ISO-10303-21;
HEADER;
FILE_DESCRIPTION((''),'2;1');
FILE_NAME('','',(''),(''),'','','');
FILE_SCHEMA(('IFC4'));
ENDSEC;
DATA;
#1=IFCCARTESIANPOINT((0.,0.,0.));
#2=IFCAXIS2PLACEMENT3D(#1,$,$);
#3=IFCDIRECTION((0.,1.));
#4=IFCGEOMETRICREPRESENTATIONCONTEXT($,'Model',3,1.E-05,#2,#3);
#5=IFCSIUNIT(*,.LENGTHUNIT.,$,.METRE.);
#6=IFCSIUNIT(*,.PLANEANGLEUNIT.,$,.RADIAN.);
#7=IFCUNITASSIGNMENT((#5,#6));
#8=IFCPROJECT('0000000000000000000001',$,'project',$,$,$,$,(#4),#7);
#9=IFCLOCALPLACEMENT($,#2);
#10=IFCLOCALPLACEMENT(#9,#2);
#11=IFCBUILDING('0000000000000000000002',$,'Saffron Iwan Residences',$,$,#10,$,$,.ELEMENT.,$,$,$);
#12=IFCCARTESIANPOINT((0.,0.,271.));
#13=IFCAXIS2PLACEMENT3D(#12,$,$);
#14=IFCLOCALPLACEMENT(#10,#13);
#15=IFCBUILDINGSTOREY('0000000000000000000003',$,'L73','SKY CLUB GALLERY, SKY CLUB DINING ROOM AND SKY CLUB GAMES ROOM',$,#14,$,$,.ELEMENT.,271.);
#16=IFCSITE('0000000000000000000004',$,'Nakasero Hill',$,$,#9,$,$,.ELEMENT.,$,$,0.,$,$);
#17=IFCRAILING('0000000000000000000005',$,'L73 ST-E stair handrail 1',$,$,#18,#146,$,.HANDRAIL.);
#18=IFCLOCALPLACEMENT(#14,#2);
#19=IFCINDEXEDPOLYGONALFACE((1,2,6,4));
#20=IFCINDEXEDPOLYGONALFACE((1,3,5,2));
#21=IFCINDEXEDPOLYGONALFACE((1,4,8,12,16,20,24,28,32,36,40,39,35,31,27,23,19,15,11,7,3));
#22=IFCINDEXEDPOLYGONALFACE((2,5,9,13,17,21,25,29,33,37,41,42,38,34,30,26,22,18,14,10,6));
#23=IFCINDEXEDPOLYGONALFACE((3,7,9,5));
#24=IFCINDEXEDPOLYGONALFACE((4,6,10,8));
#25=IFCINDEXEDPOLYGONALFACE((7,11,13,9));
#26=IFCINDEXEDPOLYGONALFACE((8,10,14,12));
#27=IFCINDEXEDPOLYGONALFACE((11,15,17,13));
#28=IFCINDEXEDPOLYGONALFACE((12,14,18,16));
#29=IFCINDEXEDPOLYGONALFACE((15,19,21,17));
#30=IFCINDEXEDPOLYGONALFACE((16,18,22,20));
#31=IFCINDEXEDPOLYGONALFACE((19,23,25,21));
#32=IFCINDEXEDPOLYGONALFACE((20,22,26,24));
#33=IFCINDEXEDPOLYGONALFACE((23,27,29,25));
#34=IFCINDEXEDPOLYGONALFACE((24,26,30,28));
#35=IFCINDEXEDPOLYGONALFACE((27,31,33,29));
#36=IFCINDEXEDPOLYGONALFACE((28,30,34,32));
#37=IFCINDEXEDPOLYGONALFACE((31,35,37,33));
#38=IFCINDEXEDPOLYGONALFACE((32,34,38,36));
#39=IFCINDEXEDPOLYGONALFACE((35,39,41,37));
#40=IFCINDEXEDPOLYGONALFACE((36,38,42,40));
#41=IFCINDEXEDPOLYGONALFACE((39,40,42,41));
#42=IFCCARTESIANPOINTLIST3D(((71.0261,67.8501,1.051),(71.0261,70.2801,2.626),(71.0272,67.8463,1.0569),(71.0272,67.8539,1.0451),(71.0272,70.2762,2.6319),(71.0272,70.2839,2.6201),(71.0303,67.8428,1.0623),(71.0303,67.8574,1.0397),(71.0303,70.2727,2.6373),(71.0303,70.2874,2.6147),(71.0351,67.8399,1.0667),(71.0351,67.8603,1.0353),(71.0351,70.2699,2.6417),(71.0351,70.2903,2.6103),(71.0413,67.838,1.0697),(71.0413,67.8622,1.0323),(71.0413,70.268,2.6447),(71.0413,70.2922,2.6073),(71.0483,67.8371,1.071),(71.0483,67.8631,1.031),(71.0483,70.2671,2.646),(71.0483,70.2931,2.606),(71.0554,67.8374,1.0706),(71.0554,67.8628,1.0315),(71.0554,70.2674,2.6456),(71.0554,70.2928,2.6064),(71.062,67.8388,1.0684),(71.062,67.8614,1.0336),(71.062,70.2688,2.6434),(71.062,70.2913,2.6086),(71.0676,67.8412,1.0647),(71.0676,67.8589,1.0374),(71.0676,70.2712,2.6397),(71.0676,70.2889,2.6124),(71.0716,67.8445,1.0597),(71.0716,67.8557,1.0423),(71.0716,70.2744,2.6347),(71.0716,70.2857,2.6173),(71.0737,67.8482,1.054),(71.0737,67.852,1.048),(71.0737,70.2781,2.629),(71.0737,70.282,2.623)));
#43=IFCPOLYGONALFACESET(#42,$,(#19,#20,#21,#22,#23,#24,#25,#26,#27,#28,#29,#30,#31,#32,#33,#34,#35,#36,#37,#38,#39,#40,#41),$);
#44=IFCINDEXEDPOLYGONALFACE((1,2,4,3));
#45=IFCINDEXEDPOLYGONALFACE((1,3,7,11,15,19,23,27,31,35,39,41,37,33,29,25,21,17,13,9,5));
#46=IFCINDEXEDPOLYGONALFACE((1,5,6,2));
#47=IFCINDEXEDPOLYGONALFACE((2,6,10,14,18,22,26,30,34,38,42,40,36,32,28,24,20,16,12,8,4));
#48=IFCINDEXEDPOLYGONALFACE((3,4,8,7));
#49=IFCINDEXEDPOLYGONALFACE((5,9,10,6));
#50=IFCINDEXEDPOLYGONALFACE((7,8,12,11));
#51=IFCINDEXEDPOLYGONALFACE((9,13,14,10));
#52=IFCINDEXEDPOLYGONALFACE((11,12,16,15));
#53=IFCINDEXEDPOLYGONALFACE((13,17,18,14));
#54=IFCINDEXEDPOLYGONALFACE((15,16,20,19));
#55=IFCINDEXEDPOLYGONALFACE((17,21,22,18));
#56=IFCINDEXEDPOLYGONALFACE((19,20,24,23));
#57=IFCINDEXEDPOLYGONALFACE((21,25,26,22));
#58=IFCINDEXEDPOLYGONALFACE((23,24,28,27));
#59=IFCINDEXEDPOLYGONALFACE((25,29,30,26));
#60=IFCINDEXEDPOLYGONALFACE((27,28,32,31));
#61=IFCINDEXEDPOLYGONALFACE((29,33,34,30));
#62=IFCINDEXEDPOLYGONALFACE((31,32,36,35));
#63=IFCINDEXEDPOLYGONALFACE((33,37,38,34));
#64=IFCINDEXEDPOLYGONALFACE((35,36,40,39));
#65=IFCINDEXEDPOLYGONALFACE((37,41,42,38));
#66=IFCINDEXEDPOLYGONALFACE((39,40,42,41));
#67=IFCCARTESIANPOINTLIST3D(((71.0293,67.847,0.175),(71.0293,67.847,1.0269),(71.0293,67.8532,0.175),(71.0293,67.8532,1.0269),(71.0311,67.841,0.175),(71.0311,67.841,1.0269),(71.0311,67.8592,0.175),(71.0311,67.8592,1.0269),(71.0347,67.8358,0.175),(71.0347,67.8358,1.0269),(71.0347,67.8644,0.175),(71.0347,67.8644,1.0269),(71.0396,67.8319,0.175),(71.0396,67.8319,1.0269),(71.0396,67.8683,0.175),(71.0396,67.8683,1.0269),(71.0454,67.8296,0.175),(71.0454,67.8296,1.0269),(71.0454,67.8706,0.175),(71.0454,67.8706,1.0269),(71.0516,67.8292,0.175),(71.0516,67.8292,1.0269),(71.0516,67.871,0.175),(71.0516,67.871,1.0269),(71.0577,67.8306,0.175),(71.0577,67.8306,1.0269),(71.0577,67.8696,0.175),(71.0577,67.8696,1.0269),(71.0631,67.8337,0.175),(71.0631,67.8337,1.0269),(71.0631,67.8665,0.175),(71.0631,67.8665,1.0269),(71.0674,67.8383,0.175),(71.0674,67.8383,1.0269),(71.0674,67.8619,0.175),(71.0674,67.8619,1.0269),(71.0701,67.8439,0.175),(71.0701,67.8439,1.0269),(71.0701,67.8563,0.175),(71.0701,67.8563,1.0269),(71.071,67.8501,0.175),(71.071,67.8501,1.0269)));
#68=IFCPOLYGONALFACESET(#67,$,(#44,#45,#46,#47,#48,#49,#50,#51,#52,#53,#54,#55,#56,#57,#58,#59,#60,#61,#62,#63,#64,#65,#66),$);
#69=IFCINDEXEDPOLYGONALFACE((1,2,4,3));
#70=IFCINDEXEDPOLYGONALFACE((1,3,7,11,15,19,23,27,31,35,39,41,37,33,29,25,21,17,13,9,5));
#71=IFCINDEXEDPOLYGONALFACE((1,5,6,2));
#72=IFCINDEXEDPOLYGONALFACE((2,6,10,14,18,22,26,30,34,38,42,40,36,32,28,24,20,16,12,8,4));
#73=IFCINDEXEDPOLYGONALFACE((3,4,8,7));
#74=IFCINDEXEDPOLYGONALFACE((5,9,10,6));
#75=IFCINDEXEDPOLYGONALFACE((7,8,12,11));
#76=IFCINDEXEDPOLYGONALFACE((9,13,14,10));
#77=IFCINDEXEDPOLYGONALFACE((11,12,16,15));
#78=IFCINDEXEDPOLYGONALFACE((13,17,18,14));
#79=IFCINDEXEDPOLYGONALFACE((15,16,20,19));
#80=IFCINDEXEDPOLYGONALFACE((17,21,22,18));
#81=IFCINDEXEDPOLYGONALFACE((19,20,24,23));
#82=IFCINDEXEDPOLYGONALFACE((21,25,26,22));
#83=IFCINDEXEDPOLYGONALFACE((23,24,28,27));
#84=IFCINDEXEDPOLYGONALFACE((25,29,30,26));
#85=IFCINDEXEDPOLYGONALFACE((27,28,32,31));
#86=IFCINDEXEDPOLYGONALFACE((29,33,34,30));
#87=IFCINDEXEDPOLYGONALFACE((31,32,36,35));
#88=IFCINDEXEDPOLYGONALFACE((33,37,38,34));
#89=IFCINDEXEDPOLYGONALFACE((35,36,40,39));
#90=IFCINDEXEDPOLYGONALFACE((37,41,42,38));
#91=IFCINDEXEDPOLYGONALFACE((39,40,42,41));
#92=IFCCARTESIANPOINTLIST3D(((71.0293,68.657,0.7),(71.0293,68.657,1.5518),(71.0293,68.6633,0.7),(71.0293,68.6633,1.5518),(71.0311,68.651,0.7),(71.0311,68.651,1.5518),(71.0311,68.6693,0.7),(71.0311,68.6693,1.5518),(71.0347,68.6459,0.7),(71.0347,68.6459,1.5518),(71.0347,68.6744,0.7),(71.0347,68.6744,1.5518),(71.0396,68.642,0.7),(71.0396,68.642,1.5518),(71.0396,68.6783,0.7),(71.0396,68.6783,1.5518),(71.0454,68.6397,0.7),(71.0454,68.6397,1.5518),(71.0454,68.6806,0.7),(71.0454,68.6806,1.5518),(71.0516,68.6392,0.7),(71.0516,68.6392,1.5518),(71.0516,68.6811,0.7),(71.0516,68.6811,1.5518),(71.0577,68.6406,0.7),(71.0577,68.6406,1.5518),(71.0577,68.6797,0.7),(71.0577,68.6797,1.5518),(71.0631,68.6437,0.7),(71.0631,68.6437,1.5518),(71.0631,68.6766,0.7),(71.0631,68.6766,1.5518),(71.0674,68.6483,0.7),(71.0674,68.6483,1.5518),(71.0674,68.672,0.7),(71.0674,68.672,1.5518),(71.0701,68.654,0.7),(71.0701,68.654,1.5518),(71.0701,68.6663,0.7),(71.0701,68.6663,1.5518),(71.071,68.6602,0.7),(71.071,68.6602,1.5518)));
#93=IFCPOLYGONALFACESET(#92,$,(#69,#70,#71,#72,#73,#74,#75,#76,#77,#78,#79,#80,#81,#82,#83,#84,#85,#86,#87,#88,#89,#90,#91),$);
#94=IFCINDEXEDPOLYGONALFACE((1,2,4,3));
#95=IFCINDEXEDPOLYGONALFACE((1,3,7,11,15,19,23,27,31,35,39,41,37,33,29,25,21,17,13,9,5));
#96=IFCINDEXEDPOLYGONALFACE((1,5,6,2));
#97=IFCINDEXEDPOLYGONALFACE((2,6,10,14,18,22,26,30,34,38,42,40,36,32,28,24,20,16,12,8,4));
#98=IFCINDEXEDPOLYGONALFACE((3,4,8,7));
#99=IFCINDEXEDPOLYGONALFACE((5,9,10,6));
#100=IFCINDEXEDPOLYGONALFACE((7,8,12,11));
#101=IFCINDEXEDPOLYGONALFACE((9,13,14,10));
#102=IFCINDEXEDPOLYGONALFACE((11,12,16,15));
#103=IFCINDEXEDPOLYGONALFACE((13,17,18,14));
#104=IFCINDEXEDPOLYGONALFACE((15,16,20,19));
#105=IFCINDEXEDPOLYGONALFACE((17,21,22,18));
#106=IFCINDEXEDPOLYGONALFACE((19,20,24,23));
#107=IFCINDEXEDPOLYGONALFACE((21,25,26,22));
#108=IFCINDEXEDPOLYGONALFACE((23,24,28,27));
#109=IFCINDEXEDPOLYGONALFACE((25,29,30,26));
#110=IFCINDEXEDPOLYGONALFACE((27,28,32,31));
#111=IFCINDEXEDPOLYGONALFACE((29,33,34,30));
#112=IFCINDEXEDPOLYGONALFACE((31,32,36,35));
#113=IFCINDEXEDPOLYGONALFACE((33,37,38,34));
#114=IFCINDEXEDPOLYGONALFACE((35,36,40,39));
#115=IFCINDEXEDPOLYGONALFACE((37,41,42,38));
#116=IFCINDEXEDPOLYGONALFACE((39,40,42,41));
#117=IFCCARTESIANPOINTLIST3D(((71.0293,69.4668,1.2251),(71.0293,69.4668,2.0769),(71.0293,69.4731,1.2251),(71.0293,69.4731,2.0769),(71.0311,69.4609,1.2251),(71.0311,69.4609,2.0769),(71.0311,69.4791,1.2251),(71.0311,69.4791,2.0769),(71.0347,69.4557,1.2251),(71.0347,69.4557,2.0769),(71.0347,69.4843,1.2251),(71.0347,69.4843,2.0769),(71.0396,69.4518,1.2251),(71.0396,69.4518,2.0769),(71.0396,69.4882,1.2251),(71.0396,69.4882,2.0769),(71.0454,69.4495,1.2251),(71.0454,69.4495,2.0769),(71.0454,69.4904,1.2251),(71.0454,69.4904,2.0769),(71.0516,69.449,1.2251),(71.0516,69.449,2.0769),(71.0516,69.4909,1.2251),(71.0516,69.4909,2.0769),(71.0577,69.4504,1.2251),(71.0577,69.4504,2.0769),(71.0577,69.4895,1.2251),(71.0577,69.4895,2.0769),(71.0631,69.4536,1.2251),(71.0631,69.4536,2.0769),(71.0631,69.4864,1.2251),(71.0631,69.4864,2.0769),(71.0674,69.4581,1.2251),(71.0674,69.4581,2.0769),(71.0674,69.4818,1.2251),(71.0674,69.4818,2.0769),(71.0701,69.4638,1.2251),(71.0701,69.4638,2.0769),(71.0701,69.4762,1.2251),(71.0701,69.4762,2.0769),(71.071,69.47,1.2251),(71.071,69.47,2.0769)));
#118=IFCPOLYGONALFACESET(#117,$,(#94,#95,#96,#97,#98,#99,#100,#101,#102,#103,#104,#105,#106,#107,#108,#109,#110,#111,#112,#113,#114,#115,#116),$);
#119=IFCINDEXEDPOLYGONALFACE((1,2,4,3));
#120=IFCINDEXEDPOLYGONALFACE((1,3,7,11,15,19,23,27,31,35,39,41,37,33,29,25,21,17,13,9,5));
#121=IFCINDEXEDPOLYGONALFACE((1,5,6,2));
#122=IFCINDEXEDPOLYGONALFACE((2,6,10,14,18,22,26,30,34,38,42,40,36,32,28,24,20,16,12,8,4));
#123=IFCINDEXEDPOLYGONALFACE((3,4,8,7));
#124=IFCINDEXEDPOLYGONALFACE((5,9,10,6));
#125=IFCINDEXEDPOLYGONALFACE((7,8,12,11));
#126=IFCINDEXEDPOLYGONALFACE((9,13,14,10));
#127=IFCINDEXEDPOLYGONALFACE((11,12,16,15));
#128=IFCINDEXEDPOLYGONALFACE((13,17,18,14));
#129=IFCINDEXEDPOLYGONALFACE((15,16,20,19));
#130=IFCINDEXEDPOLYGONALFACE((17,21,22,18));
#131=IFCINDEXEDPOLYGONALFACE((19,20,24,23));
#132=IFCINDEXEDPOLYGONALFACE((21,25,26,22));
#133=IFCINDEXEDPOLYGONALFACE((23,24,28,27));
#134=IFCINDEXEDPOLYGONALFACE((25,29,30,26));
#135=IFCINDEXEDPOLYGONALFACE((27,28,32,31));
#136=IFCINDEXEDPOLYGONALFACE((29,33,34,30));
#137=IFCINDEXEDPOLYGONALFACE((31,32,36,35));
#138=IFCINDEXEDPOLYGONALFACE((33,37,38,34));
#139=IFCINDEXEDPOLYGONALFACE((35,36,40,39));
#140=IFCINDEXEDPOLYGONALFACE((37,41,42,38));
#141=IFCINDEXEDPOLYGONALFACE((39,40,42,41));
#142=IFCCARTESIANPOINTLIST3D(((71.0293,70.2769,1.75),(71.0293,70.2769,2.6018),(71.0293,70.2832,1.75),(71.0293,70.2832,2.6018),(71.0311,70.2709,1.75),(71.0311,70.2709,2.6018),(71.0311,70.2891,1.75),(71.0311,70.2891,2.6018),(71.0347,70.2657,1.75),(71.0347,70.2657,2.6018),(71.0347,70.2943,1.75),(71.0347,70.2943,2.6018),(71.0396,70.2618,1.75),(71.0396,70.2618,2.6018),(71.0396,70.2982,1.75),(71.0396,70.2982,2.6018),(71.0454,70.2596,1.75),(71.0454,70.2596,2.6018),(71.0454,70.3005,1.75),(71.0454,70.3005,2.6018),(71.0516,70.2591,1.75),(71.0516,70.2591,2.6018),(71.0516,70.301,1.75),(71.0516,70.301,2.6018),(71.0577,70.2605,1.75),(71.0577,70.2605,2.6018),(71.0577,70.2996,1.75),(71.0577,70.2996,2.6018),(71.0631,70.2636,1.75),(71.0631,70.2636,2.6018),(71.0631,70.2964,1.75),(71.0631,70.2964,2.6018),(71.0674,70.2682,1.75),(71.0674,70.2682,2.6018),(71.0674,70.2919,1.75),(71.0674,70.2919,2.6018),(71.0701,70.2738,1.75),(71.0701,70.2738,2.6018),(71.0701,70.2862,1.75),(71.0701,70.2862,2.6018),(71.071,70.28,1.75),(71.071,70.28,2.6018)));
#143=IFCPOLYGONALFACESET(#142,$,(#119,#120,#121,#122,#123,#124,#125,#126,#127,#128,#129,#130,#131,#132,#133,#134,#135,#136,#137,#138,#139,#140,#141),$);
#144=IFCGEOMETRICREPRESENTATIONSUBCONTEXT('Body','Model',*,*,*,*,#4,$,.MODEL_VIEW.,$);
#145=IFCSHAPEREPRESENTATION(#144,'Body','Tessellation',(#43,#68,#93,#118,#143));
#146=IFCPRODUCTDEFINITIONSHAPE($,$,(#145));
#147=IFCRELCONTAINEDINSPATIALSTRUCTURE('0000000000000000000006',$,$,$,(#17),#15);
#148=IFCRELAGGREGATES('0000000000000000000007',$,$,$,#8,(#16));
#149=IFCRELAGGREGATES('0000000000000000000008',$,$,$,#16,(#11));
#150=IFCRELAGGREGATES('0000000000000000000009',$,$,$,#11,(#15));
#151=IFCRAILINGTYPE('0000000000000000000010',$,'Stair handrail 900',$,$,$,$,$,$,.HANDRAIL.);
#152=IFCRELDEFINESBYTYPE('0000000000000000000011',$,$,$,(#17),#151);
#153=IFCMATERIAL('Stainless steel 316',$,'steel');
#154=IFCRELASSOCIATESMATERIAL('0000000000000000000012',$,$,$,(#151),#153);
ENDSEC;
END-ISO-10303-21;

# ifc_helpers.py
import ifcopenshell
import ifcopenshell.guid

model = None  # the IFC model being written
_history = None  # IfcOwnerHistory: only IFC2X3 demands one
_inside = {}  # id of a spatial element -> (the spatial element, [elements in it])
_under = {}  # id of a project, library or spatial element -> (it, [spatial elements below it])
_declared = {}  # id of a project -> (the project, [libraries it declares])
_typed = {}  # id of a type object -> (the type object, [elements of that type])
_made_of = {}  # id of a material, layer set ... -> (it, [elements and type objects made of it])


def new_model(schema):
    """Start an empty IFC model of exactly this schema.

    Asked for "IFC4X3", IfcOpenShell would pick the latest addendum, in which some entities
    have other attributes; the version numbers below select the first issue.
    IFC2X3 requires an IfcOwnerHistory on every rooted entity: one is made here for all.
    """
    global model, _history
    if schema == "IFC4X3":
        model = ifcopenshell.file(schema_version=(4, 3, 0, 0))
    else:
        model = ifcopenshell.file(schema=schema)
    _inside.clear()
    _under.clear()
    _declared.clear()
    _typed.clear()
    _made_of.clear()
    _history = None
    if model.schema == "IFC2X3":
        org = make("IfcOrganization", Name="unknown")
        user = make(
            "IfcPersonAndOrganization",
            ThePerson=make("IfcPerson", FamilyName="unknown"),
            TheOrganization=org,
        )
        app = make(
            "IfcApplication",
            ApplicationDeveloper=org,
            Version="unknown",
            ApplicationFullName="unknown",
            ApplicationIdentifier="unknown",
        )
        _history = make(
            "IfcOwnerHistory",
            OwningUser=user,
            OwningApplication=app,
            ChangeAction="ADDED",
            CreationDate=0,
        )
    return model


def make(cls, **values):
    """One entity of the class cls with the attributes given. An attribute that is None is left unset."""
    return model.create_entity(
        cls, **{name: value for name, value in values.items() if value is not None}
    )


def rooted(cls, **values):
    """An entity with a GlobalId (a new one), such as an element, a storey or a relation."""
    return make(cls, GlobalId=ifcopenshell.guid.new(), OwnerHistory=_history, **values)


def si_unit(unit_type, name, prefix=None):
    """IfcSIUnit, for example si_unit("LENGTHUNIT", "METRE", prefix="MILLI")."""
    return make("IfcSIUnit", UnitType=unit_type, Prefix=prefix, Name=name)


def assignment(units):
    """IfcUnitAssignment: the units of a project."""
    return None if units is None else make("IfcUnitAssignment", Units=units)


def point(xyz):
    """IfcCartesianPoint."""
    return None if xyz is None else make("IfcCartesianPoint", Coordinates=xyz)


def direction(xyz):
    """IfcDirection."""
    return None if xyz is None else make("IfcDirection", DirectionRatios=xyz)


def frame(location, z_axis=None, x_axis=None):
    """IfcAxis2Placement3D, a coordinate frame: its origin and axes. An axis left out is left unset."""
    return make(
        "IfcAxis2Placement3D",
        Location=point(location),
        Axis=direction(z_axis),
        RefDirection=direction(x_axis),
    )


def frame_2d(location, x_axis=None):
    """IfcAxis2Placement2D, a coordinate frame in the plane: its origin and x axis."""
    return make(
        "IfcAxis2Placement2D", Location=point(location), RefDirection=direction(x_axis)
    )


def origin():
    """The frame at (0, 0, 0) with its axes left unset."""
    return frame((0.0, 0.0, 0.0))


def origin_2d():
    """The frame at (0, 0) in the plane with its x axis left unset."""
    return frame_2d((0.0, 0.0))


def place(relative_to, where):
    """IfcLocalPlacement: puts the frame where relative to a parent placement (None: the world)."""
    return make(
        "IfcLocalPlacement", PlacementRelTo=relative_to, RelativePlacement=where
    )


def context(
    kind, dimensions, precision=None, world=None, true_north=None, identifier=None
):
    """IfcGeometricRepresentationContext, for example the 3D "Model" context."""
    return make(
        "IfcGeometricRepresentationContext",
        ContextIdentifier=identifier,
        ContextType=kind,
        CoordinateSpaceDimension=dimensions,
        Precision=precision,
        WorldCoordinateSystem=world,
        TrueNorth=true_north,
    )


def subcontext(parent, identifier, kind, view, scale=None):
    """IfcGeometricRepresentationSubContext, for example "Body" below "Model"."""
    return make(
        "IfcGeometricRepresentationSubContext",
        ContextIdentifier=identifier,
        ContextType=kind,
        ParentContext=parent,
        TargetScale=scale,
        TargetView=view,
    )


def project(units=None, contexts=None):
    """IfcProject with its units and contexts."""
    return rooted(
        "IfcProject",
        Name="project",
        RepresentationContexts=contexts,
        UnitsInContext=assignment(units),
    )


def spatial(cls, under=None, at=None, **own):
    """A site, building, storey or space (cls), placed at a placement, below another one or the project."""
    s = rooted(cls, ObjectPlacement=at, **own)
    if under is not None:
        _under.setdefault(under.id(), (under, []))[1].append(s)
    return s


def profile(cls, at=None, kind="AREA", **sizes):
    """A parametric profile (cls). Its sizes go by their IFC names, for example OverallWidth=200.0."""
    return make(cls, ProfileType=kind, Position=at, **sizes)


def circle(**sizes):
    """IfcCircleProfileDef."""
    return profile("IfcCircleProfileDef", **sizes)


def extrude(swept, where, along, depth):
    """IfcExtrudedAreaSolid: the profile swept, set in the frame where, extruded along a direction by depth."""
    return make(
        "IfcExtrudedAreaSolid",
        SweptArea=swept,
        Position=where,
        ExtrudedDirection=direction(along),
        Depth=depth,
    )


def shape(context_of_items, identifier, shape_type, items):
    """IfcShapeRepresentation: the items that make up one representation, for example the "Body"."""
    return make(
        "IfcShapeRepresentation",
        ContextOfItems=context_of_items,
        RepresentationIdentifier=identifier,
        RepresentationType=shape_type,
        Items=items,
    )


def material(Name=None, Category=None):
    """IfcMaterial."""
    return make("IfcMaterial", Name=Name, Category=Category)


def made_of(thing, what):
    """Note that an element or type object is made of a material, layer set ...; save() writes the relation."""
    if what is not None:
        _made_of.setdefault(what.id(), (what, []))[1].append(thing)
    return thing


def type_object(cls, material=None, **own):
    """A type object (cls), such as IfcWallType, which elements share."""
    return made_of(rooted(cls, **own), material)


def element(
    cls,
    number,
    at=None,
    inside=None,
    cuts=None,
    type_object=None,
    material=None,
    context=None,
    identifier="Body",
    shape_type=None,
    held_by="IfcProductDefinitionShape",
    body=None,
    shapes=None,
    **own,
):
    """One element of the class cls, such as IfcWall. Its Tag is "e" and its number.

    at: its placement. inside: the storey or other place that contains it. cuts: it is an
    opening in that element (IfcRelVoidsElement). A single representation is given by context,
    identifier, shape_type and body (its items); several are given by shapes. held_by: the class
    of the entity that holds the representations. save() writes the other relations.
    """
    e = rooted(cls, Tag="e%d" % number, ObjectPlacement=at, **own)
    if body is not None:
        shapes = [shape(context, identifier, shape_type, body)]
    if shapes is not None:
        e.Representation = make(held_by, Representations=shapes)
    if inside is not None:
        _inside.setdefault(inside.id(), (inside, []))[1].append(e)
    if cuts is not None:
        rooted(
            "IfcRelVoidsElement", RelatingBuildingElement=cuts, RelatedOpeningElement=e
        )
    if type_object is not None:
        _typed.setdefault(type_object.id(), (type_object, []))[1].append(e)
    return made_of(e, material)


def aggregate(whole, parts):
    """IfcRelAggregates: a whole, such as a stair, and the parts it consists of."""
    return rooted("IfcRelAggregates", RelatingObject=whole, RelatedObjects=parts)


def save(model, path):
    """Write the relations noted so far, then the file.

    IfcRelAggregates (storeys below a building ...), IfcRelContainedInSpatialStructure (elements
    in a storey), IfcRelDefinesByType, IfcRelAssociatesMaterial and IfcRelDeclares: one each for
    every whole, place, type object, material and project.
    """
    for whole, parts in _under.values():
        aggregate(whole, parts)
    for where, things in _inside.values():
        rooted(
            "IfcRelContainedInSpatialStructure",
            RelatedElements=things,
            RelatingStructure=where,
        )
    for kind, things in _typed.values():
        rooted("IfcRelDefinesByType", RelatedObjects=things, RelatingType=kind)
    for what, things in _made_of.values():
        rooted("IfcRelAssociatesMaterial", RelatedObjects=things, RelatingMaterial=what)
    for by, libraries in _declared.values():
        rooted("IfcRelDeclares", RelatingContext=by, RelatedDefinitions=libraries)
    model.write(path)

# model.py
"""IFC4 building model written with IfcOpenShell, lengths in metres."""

from ifc_helpers import new_model, si_unit, direction, frame, origin, origin_2d, place, context, subcontext, project, spatial, circle, extrude, material, type_object, element, save


model = new_model("IFC4")

# Units and contexts
model_context = context("Model", 3, precision=1e-05, world=origin(), true_north=direction((0.0, 1.0)))
body_context = subcontext(model_context, "Body", "Model", "MODEL_VIEW")
ifc_project = project(units=[si_unit("LENGTHUNIT", "METRE"), si_unit("PLANEANGLEUNIT", "RADIAN")], contexts=[model_context])

# Site, building, storey
site_placement = place(None, origin())
site = spatial("IfcSite", under=ifc_project, at=site_placement, Name="Nakasero Hill", CompositionType="ELEMENT", RefElevation=0.0)
building_placement = place(site_placement, origin())
building = spatial("IfcBuilding", under=site, at=building_placement, Name="Saffron Iwan Residences", CompositionType="ELEMENT")
storey_placement = place(building_placement, frame((0.0, 0.0, 271.0)))
storey = spatial("IfcBuildingStorey", under=building, at=storey_placement, Name="L73", Description="SKY CLUB GALLERY, SKY CLUB DINING ROOM AND SKY CLUB GAMES ROOM", CompositionType="ELEMENT", Elevation=271.0)

# Railing
ifc_material_1 = material(Name="Stainless steel 316", Category="steel")
railing_type_1 = type_object("IfcRailingType", Name="Stair handrail 900", PredefinedType="HANDRAIL", material=ifc_material_1)
railing_1_placement = place(storey_placement, frame((71.05, 67.8501, 0.175)))
element("IfcRailing", 1, at=railing_1_placement, inside=storey, type_object=railing_type_1, Name="L73 ST-E stair handrail 1", PredefinedType="HANDRAIL", context=body_context, shape_type="SweptSolid", body=[
    extrude(circle(Radius=0.0239, at=origin_2d()), frame((0.0, 0.0, 0.876), z_axis=(0.0, 0.839154, 0.543894), x_axis=(-1.0, 0.0, 0.0)), (0.0, 0.0, 1.0), 2.8958),
    extrude(circle(Radius=0.021, at=origin_2d()), origin(), (0.0, 0.0, 1.0), 0.8518),
    extrude(circle(Radius=0.021, at=origin_2d()), frame((0.0, 0.8101, 0.5249)), (0.0, 0.0, 1.0), 0.8518),
    extrude(circle(Radius=0.021, at=origin_2d()), frame((0.0, 1.6199, 1.05)), (0.0, 0.0, 1.0), 0.8518),
    extrude(circle(Radius=0.021, at=origin_2d()), frame((0.0, 2.4299, 1.575)), (0.0, 0.0, 1.0), 0.8518),
])

save(model, "model.ifc")
